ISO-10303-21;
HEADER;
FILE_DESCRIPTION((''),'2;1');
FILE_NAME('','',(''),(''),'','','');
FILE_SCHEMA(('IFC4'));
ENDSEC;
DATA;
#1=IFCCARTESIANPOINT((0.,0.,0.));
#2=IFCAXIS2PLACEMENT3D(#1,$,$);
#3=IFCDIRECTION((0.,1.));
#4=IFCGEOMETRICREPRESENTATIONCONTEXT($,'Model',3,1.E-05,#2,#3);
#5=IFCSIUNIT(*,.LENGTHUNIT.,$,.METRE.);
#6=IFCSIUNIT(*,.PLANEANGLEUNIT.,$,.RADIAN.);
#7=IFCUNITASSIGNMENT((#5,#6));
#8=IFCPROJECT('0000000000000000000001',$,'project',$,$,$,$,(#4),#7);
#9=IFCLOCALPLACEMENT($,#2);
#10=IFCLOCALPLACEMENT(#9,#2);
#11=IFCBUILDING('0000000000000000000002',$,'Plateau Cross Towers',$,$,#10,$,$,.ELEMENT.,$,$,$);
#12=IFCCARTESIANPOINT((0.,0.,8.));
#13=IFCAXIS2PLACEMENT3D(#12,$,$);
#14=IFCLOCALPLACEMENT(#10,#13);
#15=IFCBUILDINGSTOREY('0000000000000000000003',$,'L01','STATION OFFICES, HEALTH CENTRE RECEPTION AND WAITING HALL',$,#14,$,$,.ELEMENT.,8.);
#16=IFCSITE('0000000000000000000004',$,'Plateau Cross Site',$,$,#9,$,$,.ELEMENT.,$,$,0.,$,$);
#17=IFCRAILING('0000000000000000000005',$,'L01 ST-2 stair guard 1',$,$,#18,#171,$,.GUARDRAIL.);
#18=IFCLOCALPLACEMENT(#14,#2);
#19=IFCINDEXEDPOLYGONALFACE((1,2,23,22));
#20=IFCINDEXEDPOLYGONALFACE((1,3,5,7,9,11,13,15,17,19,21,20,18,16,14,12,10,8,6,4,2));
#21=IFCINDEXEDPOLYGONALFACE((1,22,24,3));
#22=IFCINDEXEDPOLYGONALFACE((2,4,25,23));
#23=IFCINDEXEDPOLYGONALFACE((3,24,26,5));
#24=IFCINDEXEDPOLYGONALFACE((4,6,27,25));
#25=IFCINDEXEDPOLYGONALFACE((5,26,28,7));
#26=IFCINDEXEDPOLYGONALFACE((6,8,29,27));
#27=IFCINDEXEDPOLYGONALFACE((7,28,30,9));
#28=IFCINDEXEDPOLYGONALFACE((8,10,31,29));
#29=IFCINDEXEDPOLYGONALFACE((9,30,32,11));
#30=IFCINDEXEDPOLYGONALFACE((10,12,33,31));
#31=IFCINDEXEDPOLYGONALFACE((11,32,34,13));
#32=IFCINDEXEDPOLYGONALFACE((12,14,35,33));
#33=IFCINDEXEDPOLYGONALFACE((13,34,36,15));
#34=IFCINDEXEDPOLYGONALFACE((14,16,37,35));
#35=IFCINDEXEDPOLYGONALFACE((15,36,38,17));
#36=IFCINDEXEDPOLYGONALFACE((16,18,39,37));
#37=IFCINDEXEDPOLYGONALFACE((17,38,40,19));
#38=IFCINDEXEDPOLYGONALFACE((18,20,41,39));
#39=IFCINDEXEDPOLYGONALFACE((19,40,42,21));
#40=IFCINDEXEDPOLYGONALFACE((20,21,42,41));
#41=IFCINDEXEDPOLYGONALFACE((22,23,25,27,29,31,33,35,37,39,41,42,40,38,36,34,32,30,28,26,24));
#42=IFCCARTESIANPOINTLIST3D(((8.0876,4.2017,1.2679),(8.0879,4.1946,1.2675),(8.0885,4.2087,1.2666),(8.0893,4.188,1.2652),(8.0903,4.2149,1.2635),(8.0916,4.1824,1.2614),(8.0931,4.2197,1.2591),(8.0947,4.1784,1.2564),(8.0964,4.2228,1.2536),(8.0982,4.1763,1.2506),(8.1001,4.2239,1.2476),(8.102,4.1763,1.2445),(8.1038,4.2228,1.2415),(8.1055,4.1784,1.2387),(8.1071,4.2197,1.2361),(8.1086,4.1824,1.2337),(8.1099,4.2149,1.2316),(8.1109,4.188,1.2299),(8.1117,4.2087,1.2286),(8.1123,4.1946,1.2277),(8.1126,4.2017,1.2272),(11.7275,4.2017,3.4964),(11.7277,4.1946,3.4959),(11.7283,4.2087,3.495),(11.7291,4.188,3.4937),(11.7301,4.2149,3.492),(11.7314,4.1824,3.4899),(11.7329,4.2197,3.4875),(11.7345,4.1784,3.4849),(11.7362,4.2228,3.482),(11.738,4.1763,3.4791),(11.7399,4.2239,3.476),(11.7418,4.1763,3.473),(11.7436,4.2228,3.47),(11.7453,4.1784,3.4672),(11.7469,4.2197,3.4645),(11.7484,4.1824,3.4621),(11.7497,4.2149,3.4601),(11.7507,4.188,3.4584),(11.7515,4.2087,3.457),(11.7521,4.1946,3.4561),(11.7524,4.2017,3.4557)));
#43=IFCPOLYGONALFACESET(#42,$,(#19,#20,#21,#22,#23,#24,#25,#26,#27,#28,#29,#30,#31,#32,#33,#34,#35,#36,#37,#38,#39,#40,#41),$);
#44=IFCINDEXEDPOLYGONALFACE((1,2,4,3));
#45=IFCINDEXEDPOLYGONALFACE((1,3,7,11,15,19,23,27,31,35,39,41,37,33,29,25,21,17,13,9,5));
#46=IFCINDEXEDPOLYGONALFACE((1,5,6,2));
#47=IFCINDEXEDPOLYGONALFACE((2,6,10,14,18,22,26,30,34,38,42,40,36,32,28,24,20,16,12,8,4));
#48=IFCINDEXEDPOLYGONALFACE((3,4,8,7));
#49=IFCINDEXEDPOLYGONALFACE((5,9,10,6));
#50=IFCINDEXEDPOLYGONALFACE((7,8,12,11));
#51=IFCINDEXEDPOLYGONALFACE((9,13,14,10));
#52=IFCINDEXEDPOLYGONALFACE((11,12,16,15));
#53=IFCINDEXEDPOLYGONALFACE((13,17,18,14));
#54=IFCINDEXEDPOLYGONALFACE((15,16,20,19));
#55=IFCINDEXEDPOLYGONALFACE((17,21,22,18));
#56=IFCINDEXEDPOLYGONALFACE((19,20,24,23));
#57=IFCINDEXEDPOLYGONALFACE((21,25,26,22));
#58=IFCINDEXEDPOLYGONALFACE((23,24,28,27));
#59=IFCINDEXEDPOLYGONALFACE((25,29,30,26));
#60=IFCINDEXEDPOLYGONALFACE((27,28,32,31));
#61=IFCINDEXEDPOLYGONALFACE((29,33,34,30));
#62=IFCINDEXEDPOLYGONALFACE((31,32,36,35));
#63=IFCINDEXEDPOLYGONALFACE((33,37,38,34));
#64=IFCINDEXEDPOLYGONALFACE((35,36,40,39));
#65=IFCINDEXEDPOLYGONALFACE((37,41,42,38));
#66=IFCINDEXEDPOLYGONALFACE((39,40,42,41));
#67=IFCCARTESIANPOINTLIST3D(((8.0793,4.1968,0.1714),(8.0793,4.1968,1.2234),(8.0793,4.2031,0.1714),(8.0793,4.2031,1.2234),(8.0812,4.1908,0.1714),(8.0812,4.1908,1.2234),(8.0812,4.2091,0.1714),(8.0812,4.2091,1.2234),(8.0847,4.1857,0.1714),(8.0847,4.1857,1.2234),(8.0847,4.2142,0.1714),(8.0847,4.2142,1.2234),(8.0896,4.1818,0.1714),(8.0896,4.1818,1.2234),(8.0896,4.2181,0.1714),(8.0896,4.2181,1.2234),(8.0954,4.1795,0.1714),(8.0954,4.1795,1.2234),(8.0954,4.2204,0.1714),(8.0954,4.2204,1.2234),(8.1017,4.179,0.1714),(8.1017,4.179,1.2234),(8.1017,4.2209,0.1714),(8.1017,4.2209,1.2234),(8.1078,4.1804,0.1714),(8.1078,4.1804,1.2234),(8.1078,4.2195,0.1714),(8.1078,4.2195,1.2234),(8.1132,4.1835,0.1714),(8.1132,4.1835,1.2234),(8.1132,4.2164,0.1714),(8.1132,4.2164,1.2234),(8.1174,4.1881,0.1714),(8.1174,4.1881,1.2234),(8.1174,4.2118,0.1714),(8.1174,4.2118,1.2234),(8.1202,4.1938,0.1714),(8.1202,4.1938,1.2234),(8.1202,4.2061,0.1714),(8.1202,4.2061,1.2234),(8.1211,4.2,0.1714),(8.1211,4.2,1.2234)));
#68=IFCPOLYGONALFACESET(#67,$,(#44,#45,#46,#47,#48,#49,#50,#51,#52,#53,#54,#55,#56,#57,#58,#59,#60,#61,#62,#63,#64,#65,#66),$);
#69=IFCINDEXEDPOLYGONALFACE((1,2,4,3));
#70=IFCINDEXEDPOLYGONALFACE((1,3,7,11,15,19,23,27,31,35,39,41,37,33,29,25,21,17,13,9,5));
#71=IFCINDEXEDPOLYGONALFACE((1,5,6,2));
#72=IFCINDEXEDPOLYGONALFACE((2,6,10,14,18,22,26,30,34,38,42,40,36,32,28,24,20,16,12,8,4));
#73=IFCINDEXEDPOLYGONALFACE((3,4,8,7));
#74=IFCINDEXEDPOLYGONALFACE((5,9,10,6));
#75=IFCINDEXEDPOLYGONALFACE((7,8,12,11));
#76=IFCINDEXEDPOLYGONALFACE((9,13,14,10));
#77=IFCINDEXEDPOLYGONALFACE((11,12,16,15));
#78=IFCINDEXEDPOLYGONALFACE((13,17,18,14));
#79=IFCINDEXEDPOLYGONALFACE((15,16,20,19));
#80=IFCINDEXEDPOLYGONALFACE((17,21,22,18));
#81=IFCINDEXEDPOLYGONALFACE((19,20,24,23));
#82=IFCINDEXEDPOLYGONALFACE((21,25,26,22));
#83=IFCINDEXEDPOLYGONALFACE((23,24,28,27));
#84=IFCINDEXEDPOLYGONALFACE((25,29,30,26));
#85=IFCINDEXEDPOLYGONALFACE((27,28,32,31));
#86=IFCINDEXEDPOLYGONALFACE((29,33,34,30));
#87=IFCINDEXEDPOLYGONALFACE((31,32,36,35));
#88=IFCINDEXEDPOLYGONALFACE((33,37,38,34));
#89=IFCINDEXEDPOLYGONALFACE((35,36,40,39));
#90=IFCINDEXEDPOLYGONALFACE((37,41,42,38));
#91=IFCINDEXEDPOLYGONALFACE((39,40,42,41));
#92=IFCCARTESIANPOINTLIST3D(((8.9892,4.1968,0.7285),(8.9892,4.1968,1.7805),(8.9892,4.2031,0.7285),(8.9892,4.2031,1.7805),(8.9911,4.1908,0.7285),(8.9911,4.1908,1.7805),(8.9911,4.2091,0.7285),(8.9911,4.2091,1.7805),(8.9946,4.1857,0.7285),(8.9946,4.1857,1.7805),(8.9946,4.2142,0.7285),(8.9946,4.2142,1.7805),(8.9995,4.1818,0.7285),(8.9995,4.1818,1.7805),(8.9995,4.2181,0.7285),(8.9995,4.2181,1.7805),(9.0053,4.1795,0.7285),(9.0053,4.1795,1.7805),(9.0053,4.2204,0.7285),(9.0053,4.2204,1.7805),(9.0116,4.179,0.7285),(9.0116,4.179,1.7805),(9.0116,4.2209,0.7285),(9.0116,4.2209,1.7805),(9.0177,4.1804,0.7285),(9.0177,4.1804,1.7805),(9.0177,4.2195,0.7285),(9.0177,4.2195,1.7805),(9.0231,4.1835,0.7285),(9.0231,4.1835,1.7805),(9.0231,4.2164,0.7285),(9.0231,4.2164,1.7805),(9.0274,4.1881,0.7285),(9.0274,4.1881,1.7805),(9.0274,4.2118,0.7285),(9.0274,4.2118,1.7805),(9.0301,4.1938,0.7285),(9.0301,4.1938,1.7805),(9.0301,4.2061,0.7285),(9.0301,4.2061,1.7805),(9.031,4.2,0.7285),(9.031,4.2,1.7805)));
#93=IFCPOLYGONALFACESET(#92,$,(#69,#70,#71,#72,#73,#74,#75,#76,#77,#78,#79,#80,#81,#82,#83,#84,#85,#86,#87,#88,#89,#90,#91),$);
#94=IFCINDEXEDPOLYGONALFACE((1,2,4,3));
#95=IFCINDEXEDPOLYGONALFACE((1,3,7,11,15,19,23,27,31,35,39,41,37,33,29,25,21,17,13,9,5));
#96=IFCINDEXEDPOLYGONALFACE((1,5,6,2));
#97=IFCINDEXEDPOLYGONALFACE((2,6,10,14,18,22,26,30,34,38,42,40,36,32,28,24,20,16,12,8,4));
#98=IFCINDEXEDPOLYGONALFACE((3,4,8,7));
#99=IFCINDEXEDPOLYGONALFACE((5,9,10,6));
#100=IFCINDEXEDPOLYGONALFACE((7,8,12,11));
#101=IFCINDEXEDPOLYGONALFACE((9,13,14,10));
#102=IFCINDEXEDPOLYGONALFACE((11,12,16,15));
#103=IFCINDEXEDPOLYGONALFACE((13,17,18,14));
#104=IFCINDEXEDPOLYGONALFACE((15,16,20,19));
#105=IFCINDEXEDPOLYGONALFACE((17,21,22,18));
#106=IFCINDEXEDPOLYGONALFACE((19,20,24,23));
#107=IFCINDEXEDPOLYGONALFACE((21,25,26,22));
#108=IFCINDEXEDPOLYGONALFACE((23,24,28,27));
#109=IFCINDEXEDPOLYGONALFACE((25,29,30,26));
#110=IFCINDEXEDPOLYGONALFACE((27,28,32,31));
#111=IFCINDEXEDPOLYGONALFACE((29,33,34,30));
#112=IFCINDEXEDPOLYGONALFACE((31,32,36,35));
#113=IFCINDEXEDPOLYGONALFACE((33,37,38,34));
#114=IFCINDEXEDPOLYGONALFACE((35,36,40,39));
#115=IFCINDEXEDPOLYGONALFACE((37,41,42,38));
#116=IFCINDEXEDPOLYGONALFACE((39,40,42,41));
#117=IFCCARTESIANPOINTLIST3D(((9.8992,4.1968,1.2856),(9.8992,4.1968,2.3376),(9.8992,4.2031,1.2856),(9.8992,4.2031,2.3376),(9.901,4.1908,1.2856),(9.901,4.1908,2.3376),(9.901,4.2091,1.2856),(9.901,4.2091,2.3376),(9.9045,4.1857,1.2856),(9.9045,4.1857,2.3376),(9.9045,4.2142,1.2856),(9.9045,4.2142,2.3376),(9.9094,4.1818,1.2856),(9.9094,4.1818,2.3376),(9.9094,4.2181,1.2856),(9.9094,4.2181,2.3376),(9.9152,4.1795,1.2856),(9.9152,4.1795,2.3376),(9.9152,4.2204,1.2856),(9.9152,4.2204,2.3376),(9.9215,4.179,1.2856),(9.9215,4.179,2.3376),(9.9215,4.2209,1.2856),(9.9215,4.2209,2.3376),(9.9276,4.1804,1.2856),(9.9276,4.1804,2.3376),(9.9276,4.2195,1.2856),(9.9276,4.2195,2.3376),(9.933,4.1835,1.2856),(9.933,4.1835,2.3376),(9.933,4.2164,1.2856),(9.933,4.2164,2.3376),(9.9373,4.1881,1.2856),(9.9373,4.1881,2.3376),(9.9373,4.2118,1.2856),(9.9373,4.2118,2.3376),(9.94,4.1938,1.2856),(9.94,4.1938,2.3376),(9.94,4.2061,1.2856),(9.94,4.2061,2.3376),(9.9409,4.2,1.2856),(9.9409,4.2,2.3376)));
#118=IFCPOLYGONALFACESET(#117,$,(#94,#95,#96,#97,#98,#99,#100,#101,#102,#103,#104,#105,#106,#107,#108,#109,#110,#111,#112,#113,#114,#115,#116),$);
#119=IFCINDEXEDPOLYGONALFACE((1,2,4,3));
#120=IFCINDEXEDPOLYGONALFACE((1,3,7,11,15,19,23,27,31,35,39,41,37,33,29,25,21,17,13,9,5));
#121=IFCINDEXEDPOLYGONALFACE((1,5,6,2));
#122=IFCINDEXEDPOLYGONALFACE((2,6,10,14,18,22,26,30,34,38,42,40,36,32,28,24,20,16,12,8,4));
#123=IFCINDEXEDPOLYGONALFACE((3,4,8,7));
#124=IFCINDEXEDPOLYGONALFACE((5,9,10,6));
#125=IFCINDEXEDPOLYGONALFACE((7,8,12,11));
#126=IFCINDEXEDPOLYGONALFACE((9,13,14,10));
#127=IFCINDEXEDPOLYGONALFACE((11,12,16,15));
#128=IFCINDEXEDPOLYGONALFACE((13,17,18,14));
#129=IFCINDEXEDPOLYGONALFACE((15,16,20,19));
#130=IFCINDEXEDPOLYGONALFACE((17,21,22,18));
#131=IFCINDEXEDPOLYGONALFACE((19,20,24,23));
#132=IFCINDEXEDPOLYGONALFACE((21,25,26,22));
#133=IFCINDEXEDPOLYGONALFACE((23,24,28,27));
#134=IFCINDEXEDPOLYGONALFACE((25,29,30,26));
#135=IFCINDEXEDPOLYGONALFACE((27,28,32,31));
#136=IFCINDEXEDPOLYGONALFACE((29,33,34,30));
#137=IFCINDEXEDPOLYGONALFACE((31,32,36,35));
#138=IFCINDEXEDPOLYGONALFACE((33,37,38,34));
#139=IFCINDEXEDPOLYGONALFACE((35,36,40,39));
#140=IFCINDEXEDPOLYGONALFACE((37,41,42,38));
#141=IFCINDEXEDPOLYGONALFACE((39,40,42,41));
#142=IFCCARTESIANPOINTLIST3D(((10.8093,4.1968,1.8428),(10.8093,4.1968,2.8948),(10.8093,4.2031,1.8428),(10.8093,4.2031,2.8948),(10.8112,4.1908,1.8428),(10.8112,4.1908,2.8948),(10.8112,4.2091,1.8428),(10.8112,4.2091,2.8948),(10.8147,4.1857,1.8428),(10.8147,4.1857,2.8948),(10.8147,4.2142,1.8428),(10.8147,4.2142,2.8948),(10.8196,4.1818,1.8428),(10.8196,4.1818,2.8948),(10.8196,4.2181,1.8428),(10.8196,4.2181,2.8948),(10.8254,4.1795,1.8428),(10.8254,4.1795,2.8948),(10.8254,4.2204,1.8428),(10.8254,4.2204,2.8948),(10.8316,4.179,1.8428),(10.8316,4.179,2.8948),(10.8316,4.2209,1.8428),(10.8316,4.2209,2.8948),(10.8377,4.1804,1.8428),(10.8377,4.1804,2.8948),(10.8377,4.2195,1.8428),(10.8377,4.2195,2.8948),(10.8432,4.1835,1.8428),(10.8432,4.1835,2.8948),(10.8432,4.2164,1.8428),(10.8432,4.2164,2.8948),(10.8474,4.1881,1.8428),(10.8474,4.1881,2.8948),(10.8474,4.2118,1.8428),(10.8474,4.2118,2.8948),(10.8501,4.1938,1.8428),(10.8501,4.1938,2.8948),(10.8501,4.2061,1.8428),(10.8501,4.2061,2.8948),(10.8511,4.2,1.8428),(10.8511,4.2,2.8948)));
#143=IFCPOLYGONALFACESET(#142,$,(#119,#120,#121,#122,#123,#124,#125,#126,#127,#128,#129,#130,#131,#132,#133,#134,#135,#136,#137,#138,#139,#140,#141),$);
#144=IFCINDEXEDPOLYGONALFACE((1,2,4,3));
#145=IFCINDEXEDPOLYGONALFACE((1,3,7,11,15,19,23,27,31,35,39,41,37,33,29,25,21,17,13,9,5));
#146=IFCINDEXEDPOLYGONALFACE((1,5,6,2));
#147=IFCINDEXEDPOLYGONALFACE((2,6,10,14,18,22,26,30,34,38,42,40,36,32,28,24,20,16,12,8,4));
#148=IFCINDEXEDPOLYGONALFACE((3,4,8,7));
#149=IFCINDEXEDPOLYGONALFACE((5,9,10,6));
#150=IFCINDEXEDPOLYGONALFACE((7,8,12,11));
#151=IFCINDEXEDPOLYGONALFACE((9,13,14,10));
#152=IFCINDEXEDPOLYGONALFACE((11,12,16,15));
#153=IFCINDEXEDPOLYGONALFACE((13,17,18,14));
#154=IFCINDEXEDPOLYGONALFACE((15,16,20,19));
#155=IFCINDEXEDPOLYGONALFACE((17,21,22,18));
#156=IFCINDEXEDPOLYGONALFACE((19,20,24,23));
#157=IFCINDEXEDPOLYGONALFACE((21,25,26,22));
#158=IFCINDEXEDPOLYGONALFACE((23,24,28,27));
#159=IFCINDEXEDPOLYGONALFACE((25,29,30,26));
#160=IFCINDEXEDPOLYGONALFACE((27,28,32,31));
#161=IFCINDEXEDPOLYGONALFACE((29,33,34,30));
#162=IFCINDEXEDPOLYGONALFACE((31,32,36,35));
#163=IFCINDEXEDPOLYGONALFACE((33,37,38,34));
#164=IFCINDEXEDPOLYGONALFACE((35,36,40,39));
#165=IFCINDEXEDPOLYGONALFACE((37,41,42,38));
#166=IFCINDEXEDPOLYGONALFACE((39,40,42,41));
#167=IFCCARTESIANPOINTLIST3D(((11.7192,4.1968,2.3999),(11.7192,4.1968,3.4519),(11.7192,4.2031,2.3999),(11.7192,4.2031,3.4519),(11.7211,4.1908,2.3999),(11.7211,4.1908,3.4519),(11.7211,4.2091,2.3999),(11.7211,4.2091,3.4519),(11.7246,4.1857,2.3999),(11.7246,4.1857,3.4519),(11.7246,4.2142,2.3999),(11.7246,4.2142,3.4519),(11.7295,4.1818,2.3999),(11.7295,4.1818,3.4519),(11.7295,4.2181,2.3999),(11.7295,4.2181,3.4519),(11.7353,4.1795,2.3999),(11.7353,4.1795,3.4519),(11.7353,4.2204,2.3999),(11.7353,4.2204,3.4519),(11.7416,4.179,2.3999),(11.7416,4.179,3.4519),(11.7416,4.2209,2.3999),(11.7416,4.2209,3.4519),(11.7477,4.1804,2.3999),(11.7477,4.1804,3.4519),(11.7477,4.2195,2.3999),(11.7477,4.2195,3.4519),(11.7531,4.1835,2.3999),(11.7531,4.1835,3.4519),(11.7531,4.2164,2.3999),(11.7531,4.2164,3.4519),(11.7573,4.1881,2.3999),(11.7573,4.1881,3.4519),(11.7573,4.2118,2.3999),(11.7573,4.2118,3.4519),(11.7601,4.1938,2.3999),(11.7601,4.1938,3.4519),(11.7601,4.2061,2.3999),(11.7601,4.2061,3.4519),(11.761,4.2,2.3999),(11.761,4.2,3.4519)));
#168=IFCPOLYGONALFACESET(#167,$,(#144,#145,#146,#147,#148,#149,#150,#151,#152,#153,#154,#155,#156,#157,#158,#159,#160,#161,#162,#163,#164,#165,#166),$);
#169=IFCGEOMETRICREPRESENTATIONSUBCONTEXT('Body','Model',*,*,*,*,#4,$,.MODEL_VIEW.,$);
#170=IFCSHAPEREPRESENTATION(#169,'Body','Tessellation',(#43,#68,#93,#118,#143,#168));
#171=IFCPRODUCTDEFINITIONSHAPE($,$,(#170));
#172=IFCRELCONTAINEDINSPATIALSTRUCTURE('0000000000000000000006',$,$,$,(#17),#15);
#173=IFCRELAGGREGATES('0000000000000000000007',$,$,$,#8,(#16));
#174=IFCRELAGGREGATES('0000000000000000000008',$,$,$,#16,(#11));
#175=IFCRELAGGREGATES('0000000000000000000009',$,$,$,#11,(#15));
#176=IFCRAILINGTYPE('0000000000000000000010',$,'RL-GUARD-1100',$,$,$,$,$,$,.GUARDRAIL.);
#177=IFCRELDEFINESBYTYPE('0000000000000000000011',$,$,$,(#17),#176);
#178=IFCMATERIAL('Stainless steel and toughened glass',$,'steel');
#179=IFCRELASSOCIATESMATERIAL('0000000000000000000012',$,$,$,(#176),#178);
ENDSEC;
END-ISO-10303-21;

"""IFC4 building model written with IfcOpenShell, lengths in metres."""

from ifc_helpers import new_model, si_unit, direction, frame, origin, origin_2d, place, context, subcontext, project, spatial, circle, extrude, material, type_object, element, save


model = new_model("IFC4")

# Units and contexts
model_context = context("Model", 3, precision=1e-05, world=origin(), true_north=direction((0.0, 1.0)))
body_context = subcontext(model_context, "Body", "Model", "MODEL_VIEW")
ifc_project = project(units=[si_unit("LENGTHUNIT", "METRE"), si_unit("PLANEANGLEUNIT", "RADIAN")], contexts=[model_context])

# Site, building, storey
site_placement = place(None, origin())
site = spatial("IfcSite", under=ifc_project, at=site_placement, Name="Plateau Cross Site", CompositionType="ELEMENT", RefElevation=0.0)
building_placement = place(site_placement, origin())
building = spatial("IfcBuilding", under=site, at=building_placement, Name="Plateau Cross Towers", CompositionType="ELEMENT")
storey_placement = place(building_placement, frame((0.0, 0.0, 8.0)))
storey = spatial("IfcBuildingStorey", under=building, at=storey_placement, Name="L01", Description="STATION OFFICES, HEALTH CENTRE RECEPTION AND WAITING HALL", CompositionType="ELEMENT", Elevation=8.0)

# Railing
ifc_material_1 = material(Name="Stainless steel and toughened glass", Category="steel")
railing_type_1 = type_object("IfcRailingType", Name="RL-GUARD-1100", PredefinedType="GUARDRAIL", material=ifc_material_1)
railing_1_placement = place(storey_placement, frame((8.1001, 4.2, 0.1714)))
element("IfcRailing", 1, at=railing_1_placement, inside=storey, type_object=railing_type_1, Name="L01 ST-2 stair guard 1", PredefinedType="GUARDRAIL", context=body_context, shape_type="SweptSolid", body=[
    extrude(circle(Radius=0.0239, at=origin_2d()), frame((0.0, 0.0, 1.0762), z_axis=(0.85285, 0.0, 0.522156), x_axis=(0.0, 1.0, 0.0)), (0.0, 0.0, 1.0), 4.2678),
    extrude(circle(Radius=0.021, at=origin_2d()), origin(), (0.0, 0.0, 1.0), 1.052),
    extrude(circle(Radius=0.021, at=origin_2d()), frame((0.9099, 0.0, 0.5571)), (0.0, 0.0, 1.0), 1.052),
    extrude(circle(Radius=0.021, at=origin_2d()), frame((1.8198, 0.0, 1.1143)), (0.0, 0.0, 1.0), 1.052),
    extrude(circle(Radius=0.021, at=origin_2d()), frame((2.73, 0.0, 1.6714)), (0.0, 0.0, 1.0), 1.052),
    extrude(circle(Radius=0.021, at=origin_2d()), frame((3.6399, 0.0, 2.2285)), (0.0, 0.0, 1.0), 1.052),
])

save(model, "model.ifc")
